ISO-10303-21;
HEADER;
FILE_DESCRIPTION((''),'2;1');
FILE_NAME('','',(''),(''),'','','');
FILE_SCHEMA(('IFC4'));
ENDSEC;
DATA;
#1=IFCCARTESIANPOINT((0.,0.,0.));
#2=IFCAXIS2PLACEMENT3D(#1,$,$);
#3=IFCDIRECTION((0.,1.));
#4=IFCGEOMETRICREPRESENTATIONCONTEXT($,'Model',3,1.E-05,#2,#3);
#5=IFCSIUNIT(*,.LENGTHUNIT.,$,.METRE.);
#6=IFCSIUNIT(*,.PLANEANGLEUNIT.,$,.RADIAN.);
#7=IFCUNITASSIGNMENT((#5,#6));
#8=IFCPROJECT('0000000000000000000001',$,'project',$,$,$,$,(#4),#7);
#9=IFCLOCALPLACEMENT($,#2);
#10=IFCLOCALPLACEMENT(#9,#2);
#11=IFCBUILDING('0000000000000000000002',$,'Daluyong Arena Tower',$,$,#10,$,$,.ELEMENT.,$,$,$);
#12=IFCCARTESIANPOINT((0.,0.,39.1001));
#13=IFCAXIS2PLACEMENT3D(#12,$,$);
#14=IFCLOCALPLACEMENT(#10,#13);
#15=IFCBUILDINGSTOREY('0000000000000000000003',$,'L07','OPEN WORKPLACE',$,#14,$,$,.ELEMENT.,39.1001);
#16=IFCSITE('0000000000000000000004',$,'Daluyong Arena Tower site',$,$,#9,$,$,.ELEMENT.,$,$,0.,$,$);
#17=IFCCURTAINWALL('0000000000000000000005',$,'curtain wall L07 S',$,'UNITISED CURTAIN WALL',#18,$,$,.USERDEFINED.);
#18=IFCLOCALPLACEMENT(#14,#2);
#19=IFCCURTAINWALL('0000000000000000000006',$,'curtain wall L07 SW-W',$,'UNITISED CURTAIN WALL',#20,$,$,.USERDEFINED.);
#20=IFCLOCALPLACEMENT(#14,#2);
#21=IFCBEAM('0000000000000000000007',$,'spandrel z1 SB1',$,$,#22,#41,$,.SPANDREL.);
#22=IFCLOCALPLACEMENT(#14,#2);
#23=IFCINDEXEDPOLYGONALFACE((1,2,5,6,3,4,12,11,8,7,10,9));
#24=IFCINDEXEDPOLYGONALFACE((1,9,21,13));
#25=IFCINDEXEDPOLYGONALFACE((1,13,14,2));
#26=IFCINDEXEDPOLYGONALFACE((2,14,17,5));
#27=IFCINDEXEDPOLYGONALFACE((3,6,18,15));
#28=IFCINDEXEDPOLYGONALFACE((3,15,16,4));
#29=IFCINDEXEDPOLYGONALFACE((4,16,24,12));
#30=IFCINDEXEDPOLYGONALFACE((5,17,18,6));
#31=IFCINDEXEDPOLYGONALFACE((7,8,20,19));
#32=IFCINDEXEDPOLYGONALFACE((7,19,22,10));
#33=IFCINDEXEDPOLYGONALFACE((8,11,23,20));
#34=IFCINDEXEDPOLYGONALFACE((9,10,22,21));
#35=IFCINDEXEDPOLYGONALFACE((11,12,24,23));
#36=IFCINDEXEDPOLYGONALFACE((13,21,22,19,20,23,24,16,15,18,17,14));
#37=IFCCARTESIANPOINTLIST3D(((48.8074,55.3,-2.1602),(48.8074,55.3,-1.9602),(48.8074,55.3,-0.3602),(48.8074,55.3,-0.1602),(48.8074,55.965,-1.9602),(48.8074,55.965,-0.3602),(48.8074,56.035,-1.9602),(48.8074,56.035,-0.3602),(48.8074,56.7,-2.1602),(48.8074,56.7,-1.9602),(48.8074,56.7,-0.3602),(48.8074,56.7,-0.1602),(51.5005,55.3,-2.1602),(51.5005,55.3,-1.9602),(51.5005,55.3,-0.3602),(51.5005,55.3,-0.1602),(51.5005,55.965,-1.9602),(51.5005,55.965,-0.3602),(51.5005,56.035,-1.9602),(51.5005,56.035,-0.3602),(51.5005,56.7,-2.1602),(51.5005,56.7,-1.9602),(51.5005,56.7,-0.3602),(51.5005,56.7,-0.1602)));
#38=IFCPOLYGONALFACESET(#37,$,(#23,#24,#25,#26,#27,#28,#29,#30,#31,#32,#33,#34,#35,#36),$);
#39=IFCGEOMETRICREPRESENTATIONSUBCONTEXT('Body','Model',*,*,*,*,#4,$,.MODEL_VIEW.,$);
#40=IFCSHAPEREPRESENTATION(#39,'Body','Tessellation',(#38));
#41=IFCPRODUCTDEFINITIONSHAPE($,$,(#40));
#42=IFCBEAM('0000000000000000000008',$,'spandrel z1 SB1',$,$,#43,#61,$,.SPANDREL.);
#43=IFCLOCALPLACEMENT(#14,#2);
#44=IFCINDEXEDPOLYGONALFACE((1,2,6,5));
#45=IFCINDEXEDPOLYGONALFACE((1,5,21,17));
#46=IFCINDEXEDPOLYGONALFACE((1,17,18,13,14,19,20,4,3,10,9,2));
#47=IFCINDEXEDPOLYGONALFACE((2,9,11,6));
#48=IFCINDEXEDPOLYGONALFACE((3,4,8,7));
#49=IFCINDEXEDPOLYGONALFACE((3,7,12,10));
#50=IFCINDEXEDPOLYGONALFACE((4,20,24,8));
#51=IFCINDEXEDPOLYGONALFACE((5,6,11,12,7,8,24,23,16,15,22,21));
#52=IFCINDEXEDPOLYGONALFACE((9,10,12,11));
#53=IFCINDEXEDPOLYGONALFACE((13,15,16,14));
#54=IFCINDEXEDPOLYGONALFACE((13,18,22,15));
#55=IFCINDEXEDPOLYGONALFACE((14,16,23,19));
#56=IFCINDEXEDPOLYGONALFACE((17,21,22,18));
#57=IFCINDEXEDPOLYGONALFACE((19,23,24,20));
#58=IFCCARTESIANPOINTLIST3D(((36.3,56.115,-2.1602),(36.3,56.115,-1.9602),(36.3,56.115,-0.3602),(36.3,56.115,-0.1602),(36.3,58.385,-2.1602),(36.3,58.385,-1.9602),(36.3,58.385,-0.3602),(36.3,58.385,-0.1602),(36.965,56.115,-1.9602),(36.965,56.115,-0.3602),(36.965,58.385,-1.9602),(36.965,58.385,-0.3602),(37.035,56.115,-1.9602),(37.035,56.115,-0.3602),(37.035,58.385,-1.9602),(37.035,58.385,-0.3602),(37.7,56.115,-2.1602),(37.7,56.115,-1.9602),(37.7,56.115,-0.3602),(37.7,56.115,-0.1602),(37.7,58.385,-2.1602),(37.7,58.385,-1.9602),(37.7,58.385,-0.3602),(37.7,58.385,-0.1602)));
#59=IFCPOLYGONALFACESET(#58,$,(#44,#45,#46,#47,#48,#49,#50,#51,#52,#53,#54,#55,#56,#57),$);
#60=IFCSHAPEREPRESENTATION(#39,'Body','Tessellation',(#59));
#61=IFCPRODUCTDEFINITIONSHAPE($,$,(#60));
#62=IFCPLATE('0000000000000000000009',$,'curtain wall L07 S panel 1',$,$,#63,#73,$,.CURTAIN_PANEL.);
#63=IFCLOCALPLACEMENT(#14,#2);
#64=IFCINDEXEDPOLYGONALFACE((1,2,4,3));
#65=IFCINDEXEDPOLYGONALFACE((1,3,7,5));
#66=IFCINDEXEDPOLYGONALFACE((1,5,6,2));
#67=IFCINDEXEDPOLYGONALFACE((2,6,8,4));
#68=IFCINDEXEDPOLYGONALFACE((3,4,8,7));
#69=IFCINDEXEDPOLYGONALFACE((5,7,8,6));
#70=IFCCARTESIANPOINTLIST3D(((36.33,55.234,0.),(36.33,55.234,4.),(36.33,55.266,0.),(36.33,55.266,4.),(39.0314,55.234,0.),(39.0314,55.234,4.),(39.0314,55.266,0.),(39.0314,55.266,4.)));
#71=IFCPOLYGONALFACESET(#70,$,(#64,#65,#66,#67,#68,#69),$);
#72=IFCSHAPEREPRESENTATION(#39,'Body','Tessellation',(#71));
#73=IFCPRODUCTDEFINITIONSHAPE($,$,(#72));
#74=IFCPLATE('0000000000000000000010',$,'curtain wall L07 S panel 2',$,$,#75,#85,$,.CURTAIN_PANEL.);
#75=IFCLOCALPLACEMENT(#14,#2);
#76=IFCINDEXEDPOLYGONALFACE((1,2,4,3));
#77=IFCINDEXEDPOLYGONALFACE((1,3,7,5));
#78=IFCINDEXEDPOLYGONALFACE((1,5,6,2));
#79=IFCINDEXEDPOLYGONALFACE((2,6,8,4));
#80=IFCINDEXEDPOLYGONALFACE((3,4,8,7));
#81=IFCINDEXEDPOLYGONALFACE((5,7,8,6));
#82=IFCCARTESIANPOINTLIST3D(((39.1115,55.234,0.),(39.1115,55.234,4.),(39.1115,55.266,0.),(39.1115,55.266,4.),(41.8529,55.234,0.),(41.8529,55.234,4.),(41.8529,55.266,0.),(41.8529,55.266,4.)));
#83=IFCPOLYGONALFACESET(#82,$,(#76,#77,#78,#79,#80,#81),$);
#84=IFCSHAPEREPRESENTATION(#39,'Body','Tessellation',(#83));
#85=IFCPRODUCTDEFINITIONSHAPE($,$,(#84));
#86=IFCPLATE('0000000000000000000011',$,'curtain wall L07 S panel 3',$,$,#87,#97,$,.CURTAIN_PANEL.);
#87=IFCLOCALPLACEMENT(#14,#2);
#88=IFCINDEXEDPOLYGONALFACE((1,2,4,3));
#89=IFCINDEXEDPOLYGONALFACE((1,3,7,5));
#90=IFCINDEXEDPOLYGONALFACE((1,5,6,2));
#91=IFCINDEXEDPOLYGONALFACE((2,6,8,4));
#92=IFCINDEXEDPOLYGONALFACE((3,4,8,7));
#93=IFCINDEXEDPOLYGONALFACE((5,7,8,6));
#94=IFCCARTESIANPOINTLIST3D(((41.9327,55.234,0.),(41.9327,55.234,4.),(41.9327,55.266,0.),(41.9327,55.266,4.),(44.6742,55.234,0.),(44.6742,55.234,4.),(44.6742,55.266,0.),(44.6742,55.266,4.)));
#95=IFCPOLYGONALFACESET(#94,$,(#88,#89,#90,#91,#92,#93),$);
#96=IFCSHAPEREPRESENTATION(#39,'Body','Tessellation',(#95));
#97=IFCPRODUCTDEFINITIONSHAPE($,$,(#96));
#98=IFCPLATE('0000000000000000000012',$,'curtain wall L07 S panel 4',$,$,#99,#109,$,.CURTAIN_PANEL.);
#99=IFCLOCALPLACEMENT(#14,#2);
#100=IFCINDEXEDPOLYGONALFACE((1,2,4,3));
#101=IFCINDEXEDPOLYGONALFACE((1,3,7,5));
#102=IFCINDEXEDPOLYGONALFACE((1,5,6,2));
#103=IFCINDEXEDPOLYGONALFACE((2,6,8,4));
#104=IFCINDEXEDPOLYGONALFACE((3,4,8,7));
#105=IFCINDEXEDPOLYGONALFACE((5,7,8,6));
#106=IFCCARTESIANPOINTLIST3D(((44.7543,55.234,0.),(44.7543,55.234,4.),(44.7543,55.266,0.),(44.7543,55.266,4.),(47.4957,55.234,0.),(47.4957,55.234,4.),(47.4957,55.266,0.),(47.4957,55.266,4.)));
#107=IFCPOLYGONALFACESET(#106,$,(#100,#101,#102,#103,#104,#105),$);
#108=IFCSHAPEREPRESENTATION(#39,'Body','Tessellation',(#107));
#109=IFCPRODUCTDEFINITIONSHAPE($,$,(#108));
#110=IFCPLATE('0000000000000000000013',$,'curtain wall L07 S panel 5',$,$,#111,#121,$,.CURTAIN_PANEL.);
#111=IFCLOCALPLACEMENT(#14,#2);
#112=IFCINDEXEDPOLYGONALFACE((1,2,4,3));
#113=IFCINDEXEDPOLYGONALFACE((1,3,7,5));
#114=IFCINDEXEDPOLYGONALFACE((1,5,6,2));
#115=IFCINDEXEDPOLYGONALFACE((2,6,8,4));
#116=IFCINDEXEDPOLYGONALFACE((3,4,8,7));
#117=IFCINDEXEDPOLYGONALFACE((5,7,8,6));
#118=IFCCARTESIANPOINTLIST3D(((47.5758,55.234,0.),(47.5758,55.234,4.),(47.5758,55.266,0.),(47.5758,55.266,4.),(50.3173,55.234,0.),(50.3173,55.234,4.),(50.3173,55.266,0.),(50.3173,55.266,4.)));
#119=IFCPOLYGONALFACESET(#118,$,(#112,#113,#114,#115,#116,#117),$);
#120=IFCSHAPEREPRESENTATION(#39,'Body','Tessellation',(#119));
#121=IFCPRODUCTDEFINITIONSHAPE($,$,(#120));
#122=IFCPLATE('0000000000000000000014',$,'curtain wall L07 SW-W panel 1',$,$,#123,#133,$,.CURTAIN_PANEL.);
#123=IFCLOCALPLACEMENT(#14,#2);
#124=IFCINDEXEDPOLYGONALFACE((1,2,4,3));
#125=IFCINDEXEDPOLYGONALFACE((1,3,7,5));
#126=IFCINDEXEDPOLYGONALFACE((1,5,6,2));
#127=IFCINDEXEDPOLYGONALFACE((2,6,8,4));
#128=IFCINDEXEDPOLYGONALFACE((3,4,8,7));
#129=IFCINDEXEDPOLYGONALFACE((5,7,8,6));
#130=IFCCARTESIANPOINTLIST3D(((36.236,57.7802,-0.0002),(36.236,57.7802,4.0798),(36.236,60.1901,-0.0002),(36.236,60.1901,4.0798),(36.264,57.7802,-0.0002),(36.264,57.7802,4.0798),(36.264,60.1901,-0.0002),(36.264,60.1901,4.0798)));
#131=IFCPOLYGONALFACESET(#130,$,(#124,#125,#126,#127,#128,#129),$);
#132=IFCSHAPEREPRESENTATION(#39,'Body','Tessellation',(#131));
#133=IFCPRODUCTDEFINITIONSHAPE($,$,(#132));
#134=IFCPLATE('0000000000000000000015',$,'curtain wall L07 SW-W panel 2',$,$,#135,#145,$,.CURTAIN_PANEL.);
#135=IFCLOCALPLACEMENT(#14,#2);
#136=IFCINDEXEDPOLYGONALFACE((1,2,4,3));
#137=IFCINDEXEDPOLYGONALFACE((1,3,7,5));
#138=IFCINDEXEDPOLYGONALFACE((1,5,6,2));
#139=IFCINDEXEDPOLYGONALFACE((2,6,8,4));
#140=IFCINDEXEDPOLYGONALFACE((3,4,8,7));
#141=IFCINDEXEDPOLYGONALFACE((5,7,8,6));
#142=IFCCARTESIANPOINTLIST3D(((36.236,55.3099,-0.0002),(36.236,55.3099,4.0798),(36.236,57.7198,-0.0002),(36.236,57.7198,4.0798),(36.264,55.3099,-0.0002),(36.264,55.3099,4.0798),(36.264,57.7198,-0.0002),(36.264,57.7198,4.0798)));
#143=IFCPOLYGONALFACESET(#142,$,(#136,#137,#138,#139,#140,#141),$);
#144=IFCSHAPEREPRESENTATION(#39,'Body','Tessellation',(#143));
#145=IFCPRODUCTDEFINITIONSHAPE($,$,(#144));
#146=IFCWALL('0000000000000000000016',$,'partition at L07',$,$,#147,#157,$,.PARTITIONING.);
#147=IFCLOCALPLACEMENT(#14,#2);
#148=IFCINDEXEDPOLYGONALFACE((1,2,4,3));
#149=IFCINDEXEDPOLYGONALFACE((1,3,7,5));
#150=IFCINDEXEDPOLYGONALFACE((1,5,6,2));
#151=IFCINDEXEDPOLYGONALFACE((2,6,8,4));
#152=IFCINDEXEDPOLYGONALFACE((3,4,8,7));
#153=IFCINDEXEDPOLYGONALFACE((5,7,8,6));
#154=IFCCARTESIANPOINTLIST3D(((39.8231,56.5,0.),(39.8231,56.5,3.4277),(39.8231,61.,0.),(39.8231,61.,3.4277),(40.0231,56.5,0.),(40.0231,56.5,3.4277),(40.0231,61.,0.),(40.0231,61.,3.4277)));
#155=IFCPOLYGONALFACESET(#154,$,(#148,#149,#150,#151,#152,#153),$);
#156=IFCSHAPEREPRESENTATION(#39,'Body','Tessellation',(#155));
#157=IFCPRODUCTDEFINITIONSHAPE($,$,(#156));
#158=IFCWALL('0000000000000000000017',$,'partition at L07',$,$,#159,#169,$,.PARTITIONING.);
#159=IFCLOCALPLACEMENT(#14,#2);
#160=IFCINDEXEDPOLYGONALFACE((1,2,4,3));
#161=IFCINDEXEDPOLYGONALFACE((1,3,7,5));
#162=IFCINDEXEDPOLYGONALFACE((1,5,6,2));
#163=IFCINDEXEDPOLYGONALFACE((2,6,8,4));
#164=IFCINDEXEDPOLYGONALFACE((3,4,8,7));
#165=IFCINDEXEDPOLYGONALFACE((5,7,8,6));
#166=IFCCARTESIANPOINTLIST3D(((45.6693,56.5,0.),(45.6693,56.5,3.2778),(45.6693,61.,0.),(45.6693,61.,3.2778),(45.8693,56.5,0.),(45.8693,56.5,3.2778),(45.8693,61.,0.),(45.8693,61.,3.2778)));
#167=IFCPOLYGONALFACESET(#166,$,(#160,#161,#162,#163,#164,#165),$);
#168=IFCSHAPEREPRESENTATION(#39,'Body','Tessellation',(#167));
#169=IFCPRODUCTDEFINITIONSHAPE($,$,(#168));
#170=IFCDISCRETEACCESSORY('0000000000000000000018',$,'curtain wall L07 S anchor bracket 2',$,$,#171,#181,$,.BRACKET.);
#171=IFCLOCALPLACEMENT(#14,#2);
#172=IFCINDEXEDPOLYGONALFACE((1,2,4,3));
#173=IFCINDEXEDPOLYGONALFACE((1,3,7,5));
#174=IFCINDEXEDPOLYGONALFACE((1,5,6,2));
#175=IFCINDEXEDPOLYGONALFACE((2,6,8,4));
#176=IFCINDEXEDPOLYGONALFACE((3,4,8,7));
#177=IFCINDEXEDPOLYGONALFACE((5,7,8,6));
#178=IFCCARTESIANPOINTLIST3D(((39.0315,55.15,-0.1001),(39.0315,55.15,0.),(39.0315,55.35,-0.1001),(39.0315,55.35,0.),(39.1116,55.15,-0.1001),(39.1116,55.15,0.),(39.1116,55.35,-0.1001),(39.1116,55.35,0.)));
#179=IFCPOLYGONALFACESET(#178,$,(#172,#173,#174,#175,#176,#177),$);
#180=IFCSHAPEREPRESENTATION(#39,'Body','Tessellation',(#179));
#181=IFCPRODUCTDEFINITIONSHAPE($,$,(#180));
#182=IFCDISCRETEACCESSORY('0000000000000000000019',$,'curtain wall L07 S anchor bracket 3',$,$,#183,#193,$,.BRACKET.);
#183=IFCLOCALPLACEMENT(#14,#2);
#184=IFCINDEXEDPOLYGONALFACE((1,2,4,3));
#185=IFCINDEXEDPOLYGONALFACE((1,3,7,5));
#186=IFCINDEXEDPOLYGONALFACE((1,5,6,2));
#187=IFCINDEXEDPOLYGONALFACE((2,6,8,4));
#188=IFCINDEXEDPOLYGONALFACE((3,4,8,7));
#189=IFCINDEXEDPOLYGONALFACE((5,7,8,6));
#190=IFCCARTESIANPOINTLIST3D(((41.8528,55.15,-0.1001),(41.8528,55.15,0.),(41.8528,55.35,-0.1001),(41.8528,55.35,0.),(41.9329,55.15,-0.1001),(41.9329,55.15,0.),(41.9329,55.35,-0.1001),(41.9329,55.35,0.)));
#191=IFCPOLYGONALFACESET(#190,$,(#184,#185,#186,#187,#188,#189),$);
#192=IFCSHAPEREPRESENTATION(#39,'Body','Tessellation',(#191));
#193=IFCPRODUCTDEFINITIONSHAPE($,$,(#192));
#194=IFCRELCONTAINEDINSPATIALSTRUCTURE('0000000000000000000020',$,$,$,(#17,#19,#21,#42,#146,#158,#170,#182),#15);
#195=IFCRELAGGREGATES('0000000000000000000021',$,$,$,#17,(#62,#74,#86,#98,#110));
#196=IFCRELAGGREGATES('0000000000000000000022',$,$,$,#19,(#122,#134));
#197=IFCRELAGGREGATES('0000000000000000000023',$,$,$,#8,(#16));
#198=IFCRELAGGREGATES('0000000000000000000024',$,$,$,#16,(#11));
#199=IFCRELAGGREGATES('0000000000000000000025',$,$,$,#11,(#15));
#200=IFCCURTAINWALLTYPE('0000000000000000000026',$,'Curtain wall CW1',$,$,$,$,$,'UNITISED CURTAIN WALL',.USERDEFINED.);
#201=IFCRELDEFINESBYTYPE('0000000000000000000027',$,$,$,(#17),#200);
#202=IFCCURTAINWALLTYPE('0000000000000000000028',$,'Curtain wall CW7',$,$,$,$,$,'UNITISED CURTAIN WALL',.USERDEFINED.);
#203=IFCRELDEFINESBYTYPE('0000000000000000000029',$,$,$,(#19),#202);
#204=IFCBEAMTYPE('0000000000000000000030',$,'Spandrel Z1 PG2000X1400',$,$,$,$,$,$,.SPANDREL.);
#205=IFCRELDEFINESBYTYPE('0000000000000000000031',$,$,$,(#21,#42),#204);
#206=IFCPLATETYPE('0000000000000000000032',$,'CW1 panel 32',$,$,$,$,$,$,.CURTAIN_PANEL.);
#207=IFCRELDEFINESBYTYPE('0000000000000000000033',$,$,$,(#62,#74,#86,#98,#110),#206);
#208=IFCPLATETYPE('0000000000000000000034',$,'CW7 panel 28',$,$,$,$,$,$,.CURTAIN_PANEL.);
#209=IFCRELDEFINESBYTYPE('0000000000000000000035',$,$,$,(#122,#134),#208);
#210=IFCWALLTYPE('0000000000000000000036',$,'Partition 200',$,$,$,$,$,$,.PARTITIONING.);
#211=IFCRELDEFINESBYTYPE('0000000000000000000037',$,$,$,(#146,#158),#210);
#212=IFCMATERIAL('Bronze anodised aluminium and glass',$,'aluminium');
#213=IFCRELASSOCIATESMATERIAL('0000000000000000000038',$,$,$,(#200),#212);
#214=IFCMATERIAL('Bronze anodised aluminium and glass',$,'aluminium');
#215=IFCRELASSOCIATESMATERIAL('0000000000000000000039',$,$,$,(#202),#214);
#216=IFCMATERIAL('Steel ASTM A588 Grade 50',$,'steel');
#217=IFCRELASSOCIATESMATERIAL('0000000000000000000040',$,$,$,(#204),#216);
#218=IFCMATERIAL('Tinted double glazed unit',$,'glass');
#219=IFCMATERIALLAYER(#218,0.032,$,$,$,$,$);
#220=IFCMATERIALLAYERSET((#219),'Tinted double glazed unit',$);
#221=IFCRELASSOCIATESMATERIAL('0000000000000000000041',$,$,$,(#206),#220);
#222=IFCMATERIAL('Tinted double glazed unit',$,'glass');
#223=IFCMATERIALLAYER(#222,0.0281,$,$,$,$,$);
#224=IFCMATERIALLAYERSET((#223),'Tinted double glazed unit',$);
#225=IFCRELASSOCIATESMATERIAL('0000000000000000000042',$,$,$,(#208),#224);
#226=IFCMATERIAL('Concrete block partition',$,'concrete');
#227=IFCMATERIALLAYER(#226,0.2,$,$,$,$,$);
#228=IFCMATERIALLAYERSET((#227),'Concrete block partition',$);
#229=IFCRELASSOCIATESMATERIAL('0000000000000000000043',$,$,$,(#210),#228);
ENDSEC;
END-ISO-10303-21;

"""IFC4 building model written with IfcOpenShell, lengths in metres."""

from ifc_helpers import new_model, si_unit, direction, frame, frame_2d, origin, origin_2d, place, context, subcontext, project, spatial, rectangle, i_section, extrude, material, layer, layer_set, material_profile, profile_set, type_object, element, aggregate, save


model = new_model("IFC4")

# Units and contexts
model_context = context("Model", 3, precision=1e-05, world=origin(), true_north=direction((0.0, 1.0)))
body_context = subcontext(model_context, "Body", "Model", "MODEL_VIEW")
ifc_project = project(units=[si_unit("LENGTHUNIT", "METRE"), si_unit("PLANEANGLEUNIT", "RADIAN")], contexts=[model_context])

# Site, building, storey
site_placement = place(None, origin())
site = spatial("IfcSite", under=ifc_project, at=site_placement, Name="Daluyong Arena Tower site", CompositionType="ELEMENT", RefElevation=0.0)
building_placement = place(site_placement, origin())
building = spatial("IfcBuilding", under=site, at=building_placement, Name="Daluyong Arena Tower", CompositionType="ELEMENT")
storey_placement = place(building_placement, frame((0.0, 0.0, 39.1001)))
storey = spatial("IfcBuildingStorey", under=building, at=storey_placement, Name="L07", Description="OPEN WORKPLACE", CompositionType="ELEMENT", Elevation=39.1001)

# Curtain wall
ifc_material_1 = material(Name="Bronze anodised aluminium and glass", Category="aluminium")
curtain_wall_type_1 = type_object("IfcCurtainWallType", Name="Curtain wall CW1", ElementType="UNITISED CURTAIN WALL", PredefinedType="USERDEFINED", material=ifc_material_1)
curtain_wall_1_placement = place(storey_placement, origin())
curtain_wall_1 = element("IfcCurtainWall", 1, at=curtain_wall_1_placement, inside=storey, type_object=curtain_wall_type_1, Name="curtain wall L07 S", ObjectType="UNITISED CURTAIN WALL", PredefinedType="USERDEFINED")

# Shared definitions
ifc_material_2 = material(Name="Bronze anodised aluminium and glass", Category="aluminium")
curtain_wall_type_2 = type_object("IfcCurtainWallType", Name="Curtain wall CW7", ElementType="UNITISED CURTAIN WALL", PredefinedType="USERDEFINED", material=ifc_material_2)

# Curtain wall
curtain_wall_2_placement = place(storey_placement, origin())
curtain_wall_2 = element("IfcCurtainWall", 2, at=curtain_wall_2_placement, inside=storey, type_object=curtain_wall_type_2, Name="curtain wall L07 SW-W", ObjectType="UNITISED CURTAIN WALL", PredefinedType="USERDEFINED")

# Beams
ifc_material_3 = material(Name="Steel ASTM A588 Grade 50", Category="steel")
ifc_material_profile_1 = material_profile(ifc_material_3, i_section(OverallWidth=1.3999, OverallDepth=2.0, WebThickness=0.07, FlangeThickness=0.2, at=origin_2d()))
ifc_profile_set_1 = profile_set([ifc_material_profile_1], Name="Steel ASTM A588 Grade 50")
beam_type_1 = type_object("IfcBeamType", Name="Spandrel Z1 PG2000X1400", PredefinedType="SPANDREL", material=ifc_profile_set_1)
for number, where, z_axis, x_axis, name in (
    (3, (48.8074, 56.0, -1.1602), (1.0, 0.0, 0.0), (0.0, 1.0, 0.0), "spandrel z1 SB1"),
):
    element("IfcBeam", number, at=place(storey_placement, frame(where, z_axis=z_axis, x_axis=x_axis)), inside=storey, type_object=beam_type_1, Name=name, PredefinedType="SPANDREL", context=body_context, shape_type="SweptSolid", body=[
        extrude(i_section(OverallWidth=1.3999, OverallDepth=2.0, WebThickness=0.07, FlangeThickness=0.2, at=origin_2d()), origin(), (0.0, 0.0, 1.0), 2.6931),
    ])
beam_1_placement = place(storey_placement, frame((37.0, 58.385, -1.1602), z_axis=(0.0, -1.0, 0.0), x_axis=(1.0, 0.0, 0.0)))
element("IfcBeam", 4, at=beam_1_placement, inside=storey, type_object=beam_type_1, Name="spandrel z1 SB1", PredefinedType="SPANDREL", context=body_context, shape_type="SweptSolid", body=[
    extrude(i_section(OverallWidth=1.3999, OverallDepth=2.0, WebThickness=0.07, FlangeThickness=0.2, at=origin_2d()), origin(), (0.0, 0.0, 1.0), 2.27),
])

# Plates
ifc_material_4 = material(Name="Tinted double glazed unit", Category="glass")
ifc_layer_1 = layer(ifc_material_4, 0.032)
ifc_layer_set_1 = layer_set([ifc_layer_1], Name="Tinted double glazed unit")
plate_type_1 = type_object("IfcPlateType", Name="CW1 panel 32", PredefinedType="CURTAIN_PANEL", material=ifc_layer_set_1)
plate_1_placement = place(storey_placement, frame((37.6807, 55.25, 0.0), z_axis=(0.0, 0.0, 1.0), x_axis=(1.0, 0.0, 0.0)))
plate_1 = element("IfcPlate", 5, at=plate_1_placement, type_object=plate_type_1, Name="curtain wall L07 S panel 1", PredefinedType="CURTAIN_PANEL", context=body_context, shape_type="SweptSolid", body=[
    extrude(rectangle(XDim=2.7014, YDim=0.032, at=origin_2d()), origin(), (0.0, 0.0, 1.0), 4.0),
])
plate_2_placement = place(storey_placement, frame((40.4822, 55.25, 0.0), z_axis=(0.0, 0.0, 1.0), x_axis=(1.0, 0.0, 0.0)))
plate_2 = element("IfcPlate", 6, at=plate_2_placement, type_object=plate_type_1, Name="curtain wall L07 S panel 2", PredefinedType="CURTAIN_PANEL", context=body_context, shape_type="SweptSolid", body=[
    extrude(rectangle(XDim=2.7415, YDim=0.032, at=origin_2d()), origin(), (0.0, 0.0, 1.0), 4.0),
])
plate_3_placement = place(storey_placement, frame((43.3035, 55.25, 0.0), z_axis=(0.0, 0.0, 1.0), x_axis=(1.0, 0.0, 0.0)))
plate_3 = element("IfcPlate", 7, at=plate_3_placement, type_object=plate_type_1, Name="curtain wall L07 S panel 3", PredefinedType="CURTAIN_PANEL", context=body_context, shape_type="SweptSolid", body=[
    extrude(rectangle(XDim=2.7415, YDim=0.032, at=origin_2d()), origin(), (0.0, 0.0, 1.0), 4.0),
])
plate_4_placement = place(storey_placement, frame((46.125, 55.25, 0.0), z_axis=(0.0, 0.0, 1.0), x_axis=(1.0, 0.0, 0.0)))
plate_4 = element("IfcPlate", 8, at=plate_4_placement, type_object=plate_type_1, Name="curtain wall L07 S panel 4", PredefinedType="CURTAIN_PANEL", context=body_context, shape_type="SweptSolid", body=[
    extrude(rectangle(XDim=2.7415, YDim=0.032, at=origin_2d()), origin(), (0.0, 0.0, 1.0), 4.0),
])
plate_5_placement = place(storey_placement, frame((48.9465, 55.25, 0.0), z_axis=(0.0, 0.0, 1.0), x_axis=(1.0, 0.0, 0.0)))
plate_5 = element("IfcPlate", 9, at=plate_5_placement, type_object=plate_type_1, Name="curtain wall L07 S panel 5", PredefinedType="CURTAIN_PANEL", context=body_context, shape_type="SweptSolid", body=[
    extrude(rectangle(XDim=2.7415, YDim=0.032, at=origin_2d()), origin(), (0.0, 0.0, 1.0), 4.0),
])
aggregate(curtain_wall_1, [plate_1, plate_2, plate_3, plate_4, plate_5])
ifc_material_5 = material(Name="Tinted double glazed unit", Category="glass")
ifc_layer_2 = layer(ifc_material_5, 0.0281)
ifc_layer_set_2 = layer_set([ifc_layer_2], Name="Tinted double glazed unit")
plate_type_2 = type_object("IfcPlateType", Name="CW7 panel 28", PredefinedType="CURTAIN_PANEL", material=ifc_layer_set_2)
plate_6_placement = place(storey_placement, frame((36.25, 58.9851, -0.0002), z_axis=(0.0, 0.0, 1.0), x_axis=(0.0, -1.0, 0.0)))
plate_6 = element("IfcPlate", 10, at=plate_6_placement, type_object=plate_type_2, Name="curtain wall L07 SW-W panel 1", PredefinedType="CURTAIN_PANEL", context=body_context, shape_type="SweptSolid", body=[
    extrude(rectangle(XDim=2.4099, YDim=0.0281, at=origin_2d()), origin(), (0.0, 0.0, 1.0), 4.0801),
])
plate_7_placement = place(storey_placement, frame((36.25, 56.5149, -0.0002), z_axis=(0.0, 0.0, 1.0), x_axis=(0.0, -1.0, 0.0)))
plate_7 = element("IfcPlate", 11, at=plate_7_placement, type_object=plate_type_2, Name="curtain wall L07 SW-W panel 2", PredefinedType="CURTAIN_PANEL", context=body_context, shape_type="SweptSolid", body=[
    extrude(rectangle(XDim=2.4099, YDim=0.0281, at=origin_2d()), origin(), (0.0, 0.0, 1.0), 4.0801),
])
aggregate(curtain_wall_2, [plate_6, plate_7])

# Walls
ifc_material_6 = material(Name="Concrete block partition", Category="concrete")
ifc_layer_3 = layer(ifc_material_6, 0.2)
ifc_layer_set_3 = layer_set([ifc_layer_3], Name="Concrete block partition")
wall_type = type_object("IfcWallType", Name="Partition 200", PredefinedType="PARTITIONING", material=ifc_layer_set_3)
wall_1_placement = place(storey_placement, frame((39.9231, 56.5, 0.0), z_axis=(0.0, 0.0, 1.0), x_axis=(0.0, 1.0, 0.0)))
element("IfcWall", 12, at=wall_1_placement, inside=storey, type_object=wall_type, Name="partition at L07", PredefinedType="PARTITIONING", context=body_context, shape_type="SweptSolid", body=[
    extrude(rectangle(XDim=4.5, YDim=0.2, at=frame_2d((2.25, 0.0))), origin(), (0.0, 0.0, 1.0), 3.4277),
])
wall_2_placement = place(storey_placement, frame((45.7693, 56.5, 0.0), z_axis=(0.0, 0.0, 1.0), x_axis=(0.0, 1.0, 0.0)))
element("IfcWall", 13, at=wall_2_placement, inside=storey, type_object=wall_type, Name="partition at L07", PredefinedType="PARTITIONING", context=body_context, shape_type="SweptSolid", body=[
    extrude(rectangle(XDim=4.5, YDim=0.2, at=frame_2d((2.25, 0.0))), origin(), (0.0, 0.0, 1.0), 3.2778),
])

# Discrete accessories
for number, where, z_axis, x_axis, name in (
    (14, (39.0715, 55.25, -0.1001), (0.0, 0.0, 1.0), (1.0, 0.0, 0.0), "curtain wall L07 S anchor bracket 2"),
    (15, (41.8928, 55.25, -0.1001), (0.0, 0.0, 1.0), (1.0, 0.0, 0.0), "curtain wall L07 S anchor bracket 3"),
):
    element("IfcDiscreteAccessory", number, at=place(storey_placement, frame(where, z_axis=z_axis, x_axis=x_axis)), inside=storey, Name=name, PredefinedType="BRACKET", context=body_context, shape_type="SweptSolid", body=[
        extrude(rectangle(XDim=0.0801, YDim=0.2, at=origin_2d()), origin(), (0.0, 0.0, 1.0), 0.1001),
    ])

save(model, "model.ifc")
